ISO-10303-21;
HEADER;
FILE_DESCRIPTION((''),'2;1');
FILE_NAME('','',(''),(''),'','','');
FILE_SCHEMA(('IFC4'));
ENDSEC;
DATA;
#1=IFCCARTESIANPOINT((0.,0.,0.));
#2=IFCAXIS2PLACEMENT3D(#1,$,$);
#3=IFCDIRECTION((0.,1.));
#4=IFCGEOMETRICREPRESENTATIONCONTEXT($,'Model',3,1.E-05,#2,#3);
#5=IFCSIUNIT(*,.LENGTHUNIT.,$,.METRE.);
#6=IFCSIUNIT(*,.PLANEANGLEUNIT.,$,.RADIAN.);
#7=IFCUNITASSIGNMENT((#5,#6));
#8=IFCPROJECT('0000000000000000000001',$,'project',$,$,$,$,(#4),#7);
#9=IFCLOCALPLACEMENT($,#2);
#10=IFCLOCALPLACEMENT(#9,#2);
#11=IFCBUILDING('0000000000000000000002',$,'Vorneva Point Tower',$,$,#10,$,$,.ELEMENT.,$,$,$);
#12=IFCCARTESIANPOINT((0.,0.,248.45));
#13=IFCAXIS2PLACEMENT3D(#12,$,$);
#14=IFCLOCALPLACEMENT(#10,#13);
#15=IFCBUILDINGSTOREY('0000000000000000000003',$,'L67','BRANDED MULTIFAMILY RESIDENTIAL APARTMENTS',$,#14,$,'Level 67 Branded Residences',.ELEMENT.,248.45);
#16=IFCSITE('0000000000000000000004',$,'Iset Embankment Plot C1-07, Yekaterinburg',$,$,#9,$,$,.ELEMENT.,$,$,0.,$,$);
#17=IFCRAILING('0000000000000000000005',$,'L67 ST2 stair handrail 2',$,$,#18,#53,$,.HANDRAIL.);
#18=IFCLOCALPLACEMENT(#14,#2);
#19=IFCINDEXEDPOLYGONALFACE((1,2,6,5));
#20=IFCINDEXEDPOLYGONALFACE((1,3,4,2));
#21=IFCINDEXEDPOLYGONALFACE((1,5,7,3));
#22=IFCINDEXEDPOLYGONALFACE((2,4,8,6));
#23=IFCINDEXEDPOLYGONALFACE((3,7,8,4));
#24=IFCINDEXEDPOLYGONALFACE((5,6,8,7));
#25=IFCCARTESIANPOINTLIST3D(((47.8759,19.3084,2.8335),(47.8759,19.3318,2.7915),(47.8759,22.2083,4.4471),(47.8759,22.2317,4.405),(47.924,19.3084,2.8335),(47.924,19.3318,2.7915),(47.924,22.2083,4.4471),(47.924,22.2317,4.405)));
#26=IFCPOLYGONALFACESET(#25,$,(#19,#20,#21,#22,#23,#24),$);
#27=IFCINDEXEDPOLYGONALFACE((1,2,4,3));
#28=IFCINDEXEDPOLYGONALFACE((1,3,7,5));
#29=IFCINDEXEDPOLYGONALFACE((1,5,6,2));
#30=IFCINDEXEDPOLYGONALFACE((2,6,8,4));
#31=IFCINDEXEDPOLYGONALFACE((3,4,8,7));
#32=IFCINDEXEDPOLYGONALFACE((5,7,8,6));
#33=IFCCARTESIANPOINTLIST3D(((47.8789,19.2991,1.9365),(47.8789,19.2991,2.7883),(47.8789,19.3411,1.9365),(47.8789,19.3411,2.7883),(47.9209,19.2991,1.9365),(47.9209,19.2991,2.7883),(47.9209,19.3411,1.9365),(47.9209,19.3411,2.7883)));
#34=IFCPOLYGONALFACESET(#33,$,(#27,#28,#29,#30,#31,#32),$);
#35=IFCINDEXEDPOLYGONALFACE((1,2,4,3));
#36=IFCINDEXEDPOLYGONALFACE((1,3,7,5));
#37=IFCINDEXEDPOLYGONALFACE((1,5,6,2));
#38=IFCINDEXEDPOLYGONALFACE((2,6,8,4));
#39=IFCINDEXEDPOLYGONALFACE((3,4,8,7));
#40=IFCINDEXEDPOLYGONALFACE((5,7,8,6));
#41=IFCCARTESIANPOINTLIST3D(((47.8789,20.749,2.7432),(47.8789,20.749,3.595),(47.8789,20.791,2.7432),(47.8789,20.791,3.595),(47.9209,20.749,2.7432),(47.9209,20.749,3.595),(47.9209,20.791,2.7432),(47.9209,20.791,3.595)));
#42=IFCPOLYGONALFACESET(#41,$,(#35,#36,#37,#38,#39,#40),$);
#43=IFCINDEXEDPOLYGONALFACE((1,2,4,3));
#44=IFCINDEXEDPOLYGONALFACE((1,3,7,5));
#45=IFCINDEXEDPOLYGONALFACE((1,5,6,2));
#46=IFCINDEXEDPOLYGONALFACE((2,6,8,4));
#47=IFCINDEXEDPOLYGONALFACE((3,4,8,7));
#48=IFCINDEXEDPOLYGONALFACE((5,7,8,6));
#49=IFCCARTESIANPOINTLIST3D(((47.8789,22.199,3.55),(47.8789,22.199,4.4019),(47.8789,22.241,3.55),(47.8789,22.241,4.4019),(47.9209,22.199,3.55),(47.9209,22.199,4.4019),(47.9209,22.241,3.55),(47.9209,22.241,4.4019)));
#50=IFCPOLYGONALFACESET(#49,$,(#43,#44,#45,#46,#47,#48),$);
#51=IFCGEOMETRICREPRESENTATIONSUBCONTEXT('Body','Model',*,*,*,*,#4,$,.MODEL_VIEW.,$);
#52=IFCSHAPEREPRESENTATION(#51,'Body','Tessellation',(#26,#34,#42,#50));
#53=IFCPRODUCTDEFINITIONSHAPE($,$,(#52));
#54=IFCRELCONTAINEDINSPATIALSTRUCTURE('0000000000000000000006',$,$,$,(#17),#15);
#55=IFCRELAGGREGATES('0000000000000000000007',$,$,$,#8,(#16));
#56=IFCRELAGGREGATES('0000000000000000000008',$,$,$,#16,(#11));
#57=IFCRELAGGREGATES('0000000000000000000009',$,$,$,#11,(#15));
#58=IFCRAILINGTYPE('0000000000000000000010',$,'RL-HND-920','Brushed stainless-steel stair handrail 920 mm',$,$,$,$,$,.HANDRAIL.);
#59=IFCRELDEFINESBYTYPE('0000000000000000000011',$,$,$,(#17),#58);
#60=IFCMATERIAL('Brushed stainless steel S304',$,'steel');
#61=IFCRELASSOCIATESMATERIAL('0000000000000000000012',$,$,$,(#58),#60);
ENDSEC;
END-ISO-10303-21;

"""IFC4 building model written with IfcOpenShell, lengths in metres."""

from ifc_helpers import new_model, si_unit, direction, frame, origin, origin_2d, place, context, subcontext, project, spatial, rectangle, extrude, material, type_object, element, save


model = new_model("IFC4")

# Units and contexts
model_context = context("Model", 3, precision=1e-05, world=origin(), true_north=direction((0.0, 1.0)))
body_context = subcontext(model_context, "Body", "Model", "MODEL_VIEW")
ifc_project = project(units=[si_unit("LENGTHUNIT", "METRE"), si_unit("PLANEANGLEUNIT", "RADIAN")], contexts=[model_context])

# Site, building, storey
site_placement = place(None, origin())
site = spatial("IfcSite", under=ifc_project, at=site_placement, Name="Iset Embankment Plot C1-07, Yekaterinburg", CompositionType="ELEMENT", RefElevation=0.0)
building_placement = place(site_placement, origin())
building = spatial("IfcBuilding", under=site, at=building_placement, Name="Vorneva Point Tower", CompositionType="ELEMENT")
storey_placement = place(building_placement, frame((0.0, 0.0, 248.45)))
storey = spatial("IfcBuildingStorey", under=building, at=storey_placement, Name="L67", Description="BRANDED MULTIFAMILY RESIDENTIAL APARTMENTS", LongName="Level 67 Branded Residences", CompositionType="ELEMENT", Elevation=248.45)

# Railing
ifc_material_1 = material(Name="Brushed stainless steel S304", Category="steel")
railing_type = type_object("IfcRailingType", Name="RL-HND-920", Description="Brushed stainless-steel stair handrail 920 mm", PredefinedType="HANDRAIL", material=ifc_material_1)
railing_placement = place(storey_placement, frame((47.8999, 19.3201, 1.9365)))
element("IfcRailing", 1, at=railing_placement, inside=storey, type_object=railing_type, Name="L67 ST2 stair handrail 2", PredefinedType="HANDRAIL", context=body_context, shape_type="SweptSolid", body=[
    extrude(rectangle(XDim=0.0481, YDim=0.0481, at=origin_2d()), frame((0.0, 0.0, 0.876), z_axis=(0.0, 0.873841, 0.486211), x_axis=(-1.0, 0.0, 0.0)), (0.0, 0.0, 1.0), 3.3186),
    extrude(rectangle(XDim=0.042, YDim=0.042, at=origin_2d()), origin(), (0.0, 0.0, 1.0), 0.8518),
    extrude(rectangle(XDim=0.042, YDim=0.042, at=origin_2d()), frame((0.0, 1.45, 0.8066)), (0.0, 0.0, 1.0), 0.8518),
    extrude(rectangle(XDim=0.042, YDim=0.042, at=origin_2d()), frame((0.0, 2.8999, 1.6135)), (0.0, 0.0, 1.0), 0.8518),
])

save(model, "model.ifc")
